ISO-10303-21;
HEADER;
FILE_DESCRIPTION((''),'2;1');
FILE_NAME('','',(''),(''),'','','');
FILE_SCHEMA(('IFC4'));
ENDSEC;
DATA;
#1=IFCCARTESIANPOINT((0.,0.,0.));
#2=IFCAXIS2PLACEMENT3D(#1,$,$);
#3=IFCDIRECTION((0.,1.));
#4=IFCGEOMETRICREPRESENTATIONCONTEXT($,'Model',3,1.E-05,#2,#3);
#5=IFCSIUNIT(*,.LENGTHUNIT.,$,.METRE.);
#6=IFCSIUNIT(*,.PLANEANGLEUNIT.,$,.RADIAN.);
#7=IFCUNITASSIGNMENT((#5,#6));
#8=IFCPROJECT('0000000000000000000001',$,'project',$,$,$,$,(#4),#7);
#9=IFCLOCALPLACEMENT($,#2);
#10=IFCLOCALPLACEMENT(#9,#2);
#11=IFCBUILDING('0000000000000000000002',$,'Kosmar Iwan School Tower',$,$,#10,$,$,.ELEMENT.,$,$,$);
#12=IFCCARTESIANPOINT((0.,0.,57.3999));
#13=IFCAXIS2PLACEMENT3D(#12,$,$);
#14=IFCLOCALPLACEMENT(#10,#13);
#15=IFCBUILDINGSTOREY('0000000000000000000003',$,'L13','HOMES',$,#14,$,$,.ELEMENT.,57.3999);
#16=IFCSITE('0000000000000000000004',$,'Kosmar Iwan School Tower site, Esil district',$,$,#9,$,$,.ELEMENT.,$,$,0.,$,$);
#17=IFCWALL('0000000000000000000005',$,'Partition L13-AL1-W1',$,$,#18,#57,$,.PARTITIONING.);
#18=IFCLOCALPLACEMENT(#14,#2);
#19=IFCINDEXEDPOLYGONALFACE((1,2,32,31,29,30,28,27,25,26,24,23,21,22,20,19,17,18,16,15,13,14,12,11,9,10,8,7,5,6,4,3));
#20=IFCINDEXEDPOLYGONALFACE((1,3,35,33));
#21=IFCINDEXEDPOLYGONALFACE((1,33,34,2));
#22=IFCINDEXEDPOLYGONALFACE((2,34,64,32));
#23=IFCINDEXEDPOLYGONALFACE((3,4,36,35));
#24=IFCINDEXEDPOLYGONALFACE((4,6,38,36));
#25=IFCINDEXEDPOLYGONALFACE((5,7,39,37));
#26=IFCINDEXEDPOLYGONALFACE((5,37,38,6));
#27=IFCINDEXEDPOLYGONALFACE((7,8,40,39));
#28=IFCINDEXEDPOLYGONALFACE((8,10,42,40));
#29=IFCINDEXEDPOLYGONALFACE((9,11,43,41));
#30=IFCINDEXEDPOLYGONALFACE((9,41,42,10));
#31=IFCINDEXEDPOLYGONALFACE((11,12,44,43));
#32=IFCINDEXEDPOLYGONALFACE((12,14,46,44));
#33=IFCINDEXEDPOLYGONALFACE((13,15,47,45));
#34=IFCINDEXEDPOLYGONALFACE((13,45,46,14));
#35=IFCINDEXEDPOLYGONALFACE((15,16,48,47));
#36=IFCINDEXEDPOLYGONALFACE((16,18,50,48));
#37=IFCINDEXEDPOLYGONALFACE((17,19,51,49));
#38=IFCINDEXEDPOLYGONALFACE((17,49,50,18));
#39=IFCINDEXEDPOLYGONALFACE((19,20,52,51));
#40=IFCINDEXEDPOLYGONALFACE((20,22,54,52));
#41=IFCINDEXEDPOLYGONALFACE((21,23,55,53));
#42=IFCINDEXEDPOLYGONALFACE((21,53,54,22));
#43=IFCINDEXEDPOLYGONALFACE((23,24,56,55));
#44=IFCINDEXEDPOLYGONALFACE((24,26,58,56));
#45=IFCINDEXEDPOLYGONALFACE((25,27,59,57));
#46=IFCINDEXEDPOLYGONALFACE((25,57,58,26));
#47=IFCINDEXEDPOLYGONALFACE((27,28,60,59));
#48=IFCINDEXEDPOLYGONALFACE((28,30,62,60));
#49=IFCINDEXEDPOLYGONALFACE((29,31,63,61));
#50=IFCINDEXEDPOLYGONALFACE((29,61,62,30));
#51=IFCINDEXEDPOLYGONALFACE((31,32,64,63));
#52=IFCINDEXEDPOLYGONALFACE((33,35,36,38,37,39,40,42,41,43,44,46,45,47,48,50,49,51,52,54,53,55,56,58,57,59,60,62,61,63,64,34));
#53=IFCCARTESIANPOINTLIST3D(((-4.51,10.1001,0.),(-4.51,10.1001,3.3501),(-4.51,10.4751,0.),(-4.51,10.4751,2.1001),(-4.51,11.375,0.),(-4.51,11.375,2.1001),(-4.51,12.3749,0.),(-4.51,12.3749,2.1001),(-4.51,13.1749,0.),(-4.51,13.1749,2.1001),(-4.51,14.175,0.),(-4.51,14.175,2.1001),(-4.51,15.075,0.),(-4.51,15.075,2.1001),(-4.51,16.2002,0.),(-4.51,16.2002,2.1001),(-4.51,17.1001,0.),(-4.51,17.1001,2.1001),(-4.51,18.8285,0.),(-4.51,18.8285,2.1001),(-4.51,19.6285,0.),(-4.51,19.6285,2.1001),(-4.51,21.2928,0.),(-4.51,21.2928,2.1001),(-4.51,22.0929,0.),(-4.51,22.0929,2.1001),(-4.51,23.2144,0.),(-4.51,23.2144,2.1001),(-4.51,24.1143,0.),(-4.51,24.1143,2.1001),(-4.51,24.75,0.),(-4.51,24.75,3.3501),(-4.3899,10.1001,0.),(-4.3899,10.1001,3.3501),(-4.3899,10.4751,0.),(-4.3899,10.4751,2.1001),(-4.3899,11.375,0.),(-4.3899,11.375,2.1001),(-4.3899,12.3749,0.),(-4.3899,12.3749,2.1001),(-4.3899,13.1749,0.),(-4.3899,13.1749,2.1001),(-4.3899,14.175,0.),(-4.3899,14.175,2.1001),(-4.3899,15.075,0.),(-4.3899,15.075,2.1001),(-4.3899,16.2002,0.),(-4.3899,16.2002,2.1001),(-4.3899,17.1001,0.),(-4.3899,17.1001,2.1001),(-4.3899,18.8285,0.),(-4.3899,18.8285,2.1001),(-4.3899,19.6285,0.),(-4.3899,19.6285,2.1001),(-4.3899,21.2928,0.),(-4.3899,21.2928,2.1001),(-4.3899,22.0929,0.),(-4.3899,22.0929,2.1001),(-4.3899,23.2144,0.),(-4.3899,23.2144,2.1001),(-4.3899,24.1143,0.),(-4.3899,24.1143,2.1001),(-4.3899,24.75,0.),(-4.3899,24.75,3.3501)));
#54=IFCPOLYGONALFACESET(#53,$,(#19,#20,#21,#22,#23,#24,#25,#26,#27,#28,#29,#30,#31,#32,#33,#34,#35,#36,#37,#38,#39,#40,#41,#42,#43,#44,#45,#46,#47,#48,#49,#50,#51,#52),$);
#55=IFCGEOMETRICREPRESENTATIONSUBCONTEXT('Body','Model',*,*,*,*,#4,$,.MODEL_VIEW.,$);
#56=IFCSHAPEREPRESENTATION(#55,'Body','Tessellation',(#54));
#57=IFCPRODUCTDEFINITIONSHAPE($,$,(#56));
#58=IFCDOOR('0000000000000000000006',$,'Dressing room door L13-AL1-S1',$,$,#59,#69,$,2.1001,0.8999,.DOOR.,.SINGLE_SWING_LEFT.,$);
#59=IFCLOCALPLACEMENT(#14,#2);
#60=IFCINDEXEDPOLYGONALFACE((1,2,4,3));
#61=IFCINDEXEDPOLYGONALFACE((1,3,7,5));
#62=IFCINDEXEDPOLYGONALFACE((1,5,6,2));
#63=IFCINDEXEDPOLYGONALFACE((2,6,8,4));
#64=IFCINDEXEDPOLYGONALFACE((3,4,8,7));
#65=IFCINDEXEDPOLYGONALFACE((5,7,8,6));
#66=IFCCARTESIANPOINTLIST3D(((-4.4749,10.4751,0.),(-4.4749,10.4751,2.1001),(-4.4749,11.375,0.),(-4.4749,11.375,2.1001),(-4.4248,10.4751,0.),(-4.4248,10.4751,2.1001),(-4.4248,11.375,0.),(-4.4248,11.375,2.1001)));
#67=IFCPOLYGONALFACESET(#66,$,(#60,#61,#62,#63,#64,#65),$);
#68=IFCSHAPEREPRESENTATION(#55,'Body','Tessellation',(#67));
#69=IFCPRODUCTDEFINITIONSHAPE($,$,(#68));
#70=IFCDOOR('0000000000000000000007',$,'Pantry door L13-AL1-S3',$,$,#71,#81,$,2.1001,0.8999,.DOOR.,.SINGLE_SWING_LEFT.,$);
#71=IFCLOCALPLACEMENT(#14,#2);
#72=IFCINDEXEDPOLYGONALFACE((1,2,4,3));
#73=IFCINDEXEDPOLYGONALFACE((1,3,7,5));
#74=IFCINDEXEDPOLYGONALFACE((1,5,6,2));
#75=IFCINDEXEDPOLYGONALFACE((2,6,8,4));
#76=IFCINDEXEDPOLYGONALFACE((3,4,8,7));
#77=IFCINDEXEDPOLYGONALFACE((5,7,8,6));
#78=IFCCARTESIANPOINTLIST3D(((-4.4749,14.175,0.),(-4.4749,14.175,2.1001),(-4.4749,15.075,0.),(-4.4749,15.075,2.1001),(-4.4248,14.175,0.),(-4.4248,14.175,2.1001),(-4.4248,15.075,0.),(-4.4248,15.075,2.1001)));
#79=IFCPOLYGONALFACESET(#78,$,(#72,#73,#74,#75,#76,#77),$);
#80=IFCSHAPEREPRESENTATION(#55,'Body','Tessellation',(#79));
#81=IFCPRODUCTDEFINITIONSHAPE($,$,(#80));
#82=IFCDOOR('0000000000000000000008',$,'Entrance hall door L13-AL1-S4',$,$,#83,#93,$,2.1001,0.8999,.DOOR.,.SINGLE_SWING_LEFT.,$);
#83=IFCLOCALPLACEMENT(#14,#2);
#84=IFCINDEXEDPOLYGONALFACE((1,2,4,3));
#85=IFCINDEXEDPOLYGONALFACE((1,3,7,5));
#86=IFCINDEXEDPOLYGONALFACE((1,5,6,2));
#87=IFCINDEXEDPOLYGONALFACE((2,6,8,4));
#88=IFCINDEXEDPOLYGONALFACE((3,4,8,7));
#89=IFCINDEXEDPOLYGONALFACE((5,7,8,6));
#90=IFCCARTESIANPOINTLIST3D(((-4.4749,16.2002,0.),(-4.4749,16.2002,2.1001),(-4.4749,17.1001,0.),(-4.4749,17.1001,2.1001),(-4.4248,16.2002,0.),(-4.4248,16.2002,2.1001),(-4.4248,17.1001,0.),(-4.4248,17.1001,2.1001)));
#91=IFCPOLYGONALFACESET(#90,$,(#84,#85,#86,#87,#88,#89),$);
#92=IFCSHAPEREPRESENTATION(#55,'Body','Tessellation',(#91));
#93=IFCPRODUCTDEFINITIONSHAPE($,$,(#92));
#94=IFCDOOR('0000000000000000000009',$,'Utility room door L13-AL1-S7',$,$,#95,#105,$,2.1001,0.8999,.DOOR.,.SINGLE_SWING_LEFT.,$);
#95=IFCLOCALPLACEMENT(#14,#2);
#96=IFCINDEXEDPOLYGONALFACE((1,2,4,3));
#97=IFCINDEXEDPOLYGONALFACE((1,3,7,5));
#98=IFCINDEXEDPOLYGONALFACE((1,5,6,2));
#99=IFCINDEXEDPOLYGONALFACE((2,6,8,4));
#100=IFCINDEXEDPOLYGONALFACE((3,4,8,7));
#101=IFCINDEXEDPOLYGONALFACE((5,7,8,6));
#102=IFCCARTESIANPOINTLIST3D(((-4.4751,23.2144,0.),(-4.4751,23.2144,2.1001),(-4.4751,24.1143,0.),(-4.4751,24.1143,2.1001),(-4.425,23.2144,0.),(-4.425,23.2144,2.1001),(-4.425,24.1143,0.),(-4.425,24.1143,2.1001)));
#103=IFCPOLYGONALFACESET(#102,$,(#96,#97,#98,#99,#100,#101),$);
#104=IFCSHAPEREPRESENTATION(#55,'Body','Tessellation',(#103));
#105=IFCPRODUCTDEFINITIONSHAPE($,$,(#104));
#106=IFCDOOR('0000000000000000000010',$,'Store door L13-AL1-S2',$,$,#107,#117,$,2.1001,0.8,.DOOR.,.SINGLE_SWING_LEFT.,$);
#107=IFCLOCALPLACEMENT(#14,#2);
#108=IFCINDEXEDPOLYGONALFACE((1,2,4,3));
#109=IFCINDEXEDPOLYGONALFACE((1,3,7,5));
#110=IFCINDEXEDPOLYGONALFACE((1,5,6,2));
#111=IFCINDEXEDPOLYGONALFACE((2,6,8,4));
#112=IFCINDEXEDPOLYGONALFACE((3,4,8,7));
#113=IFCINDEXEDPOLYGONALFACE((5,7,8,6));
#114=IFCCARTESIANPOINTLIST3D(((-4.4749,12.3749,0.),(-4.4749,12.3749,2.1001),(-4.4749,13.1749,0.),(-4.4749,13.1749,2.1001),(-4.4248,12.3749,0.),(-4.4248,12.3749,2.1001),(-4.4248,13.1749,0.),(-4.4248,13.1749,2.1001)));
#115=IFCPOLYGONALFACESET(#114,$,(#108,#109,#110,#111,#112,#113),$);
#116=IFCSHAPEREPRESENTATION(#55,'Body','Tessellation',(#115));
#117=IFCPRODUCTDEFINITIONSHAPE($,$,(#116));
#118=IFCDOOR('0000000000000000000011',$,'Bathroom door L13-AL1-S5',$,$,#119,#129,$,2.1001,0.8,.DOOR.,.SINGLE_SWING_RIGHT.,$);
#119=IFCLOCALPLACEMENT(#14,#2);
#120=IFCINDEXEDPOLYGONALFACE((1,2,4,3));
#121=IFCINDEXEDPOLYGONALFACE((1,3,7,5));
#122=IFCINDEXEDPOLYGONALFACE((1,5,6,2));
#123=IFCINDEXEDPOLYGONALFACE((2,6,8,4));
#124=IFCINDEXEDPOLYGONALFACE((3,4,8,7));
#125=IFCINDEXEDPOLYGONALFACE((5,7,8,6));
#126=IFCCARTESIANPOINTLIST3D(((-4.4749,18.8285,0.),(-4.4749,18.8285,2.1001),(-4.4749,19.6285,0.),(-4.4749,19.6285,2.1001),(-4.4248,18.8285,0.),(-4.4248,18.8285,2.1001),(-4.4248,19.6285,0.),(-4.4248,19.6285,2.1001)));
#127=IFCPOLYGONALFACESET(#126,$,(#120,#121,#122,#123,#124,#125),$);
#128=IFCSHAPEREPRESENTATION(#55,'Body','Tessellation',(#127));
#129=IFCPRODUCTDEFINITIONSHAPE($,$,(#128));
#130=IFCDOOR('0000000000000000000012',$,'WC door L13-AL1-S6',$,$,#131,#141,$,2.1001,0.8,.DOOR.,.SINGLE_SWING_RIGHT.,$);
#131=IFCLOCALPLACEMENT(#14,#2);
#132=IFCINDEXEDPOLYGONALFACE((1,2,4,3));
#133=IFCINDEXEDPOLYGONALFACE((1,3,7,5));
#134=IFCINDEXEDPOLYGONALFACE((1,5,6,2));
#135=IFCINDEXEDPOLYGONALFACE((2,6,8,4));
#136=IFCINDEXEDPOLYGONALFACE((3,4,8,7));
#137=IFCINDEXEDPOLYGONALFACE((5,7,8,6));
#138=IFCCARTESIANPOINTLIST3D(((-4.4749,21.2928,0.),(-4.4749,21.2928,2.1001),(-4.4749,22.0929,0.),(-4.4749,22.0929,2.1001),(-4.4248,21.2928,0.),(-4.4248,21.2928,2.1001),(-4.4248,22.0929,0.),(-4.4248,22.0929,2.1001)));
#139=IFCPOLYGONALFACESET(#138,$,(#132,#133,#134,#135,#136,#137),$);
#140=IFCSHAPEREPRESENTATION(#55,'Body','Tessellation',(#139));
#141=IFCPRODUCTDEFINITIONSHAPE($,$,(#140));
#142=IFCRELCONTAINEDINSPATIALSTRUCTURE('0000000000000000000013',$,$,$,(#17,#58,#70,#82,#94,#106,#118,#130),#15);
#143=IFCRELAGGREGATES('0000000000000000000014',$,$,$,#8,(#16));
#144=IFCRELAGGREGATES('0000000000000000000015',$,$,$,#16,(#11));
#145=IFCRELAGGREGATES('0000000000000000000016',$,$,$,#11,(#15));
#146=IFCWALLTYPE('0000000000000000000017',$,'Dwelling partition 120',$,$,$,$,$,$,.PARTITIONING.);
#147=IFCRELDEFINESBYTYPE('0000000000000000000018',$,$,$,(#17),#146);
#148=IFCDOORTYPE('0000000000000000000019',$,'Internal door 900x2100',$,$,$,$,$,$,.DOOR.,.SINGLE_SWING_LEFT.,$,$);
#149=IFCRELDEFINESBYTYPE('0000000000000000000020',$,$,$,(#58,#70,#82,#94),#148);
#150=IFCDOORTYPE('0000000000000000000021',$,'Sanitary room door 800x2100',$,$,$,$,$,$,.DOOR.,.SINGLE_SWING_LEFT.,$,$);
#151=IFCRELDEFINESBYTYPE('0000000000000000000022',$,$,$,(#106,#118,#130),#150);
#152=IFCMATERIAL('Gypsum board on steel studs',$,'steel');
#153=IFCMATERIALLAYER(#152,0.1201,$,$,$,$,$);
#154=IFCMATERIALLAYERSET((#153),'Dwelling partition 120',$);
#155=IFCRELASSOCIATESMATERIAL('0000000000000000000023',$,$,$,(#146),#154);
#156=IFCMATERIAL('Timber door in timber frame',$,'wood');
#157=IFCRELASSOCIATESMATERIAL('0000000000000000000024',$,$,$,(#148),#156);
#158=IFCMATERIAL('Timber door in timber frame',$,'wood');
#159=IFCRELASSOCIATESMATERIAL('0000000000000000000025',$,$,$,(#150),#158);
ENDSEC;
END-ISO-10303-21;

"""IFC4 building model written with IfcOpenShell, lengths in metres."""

from ifc_helpers import new_model, si_unit, direction, frame, frame_2d, origin, place, context, subcontext, project, spatial, rectangle, extrude, material, layer, layer_set, type_object, element, fill, save


model = new_model("IFC4")

# Units and contexts
model_context = context("Model", 3, precision=1e-05, world=origin(), true_north=direction((0.0, 1.0)))
body_context = subcontext(model_context, "Body", "Model", "MODEL_VIEW")
ifc_project = project(units=[si_unit("LENGTHUNIT", "METRE"), si_unit("PLANEANGLEUNIT", "RADIAN")], contexts=[model_context])

# Site, building, storey
site_placement = place(None, origin())
site = spatial("IfcSite", under=ifc_project, at=site_placement, Name="Kosmar Iwan School Tower site, Esil district", CompositionType="ELEMENT", RefElevation=0.0)
building_placement = place(site_placement, origin())
building = spatial("IfcBuilding", under=site, at=building_placement, Name="Kosmar Iwan School Tower", CompositionType="ELEMENT")
storey_placement = place(building_placement, frame((0.0, 0.0, 57.3999)))
storey = spatial("IfcBuildingStorey", under=building, at=storey_placement, Name="L13", Description="HOMES", CompositionType="ELEMENT", Elevation=57.3999)

# Wall, openings, doors
ifc_material_1 = material(Name="Gypsum board on steel studs", Category="steel")
ifc_layer_1 = layer(ifc_material_1, 0.1201)
ifc_layer_set_1 = layer_set([ifc_layer_1], Name="Dwelling partition 120")
wall_type_1 = type_object("IfcWallType", Name="Dwelling partition 120", PredefinedType="PARTITIONING", material=ifc_layer_set_1)
wall_1_placement = place(storey_placement, frame((-4.45, 10.1001, 0.0), z_axis=(0.0, 0.0, 1.0), x_axis=(0.0, 1.0, 0.0)))
wall_1 = element("IfcWall", 1, at=wall_1_placement, inside=storey, type_object=wall_type_1, Name="Partition L13-AL1-W1", PredefinedType="PARTITIONING", context=body_context, shape_type="SweptSolid", body=[
    extrude(rectangle(XDim=14.6499, YDim=0.1201, at=frame_2d((7.325, 0.0))), origin(), (0.0, 0.0, 1.0), 3.3501),
])
opening_1_placement = place(wall_1_placement, frame((0.375, 0.0, 0.0)))
opening_1 = element("IfcOpeningElement", 2, at=opening_1_placement, cuts=wall_1, PredefinedType="OPENING", context=body_context, shape_type="SweptSolid", body=[
    extrude(rectangle(XDim=0.8999, YDim=2.1001, at=frame_2d((0.45, 1.05))), frame((0.0, 0.072, 0.0), z_axis=(0.0, -1.0, 0.0), x_axis=(1.0, 0.0, 0.0)), (0.0, 0.0, 1.0), 0.144),
])
opening_2_placement = place(wall_1_placement, frame((2.2749, 0.0, 0.0)))
opening_2 = element("IfcOpeningElement", 3, at=opening_2_placement, cuts=wall_1, PredefinedType="OPENING", context=body_context, shape_type="SweptSolid", body=[
    extrude(rectangle(XDim=0.8, YDim=2.1001, at=frame_2d((0.3999, 1.05))), frame((0.0, 0.072, 0.0), z_axis=(0.0, -1.0, 0.0), x_axis=(1.0, 0.0, 0.0)), (0.0, 0.0, 1.0), 0.144),
])
opening_3_placement = place(wall_1_placement, frame((4.075, 0.0, 0.0)))
opening_3 = element("IfcOpeningElement", 4, at=opening_3_placement, cuts=wall_1, PredefinedType="OPENING", context=body_context, shape_type="SweptSolid", body=[
    extrude(rectangle(XDim=0.8999, YDim=2.1001, at=frame_2d((0.45, 1.05))), frame((0.0, 0.072, 0.0), z_axis=(0.0, -1.0, 0.0), x_axis=(1.0, 0.0, 0.0)), (0.0, 0.0, 1.0), 0.144),
])
opening_4_placement = place(wall_1_placement, frame((6.1001, 0.0, 0.0)))
opening_4 = element("IfcOpeningElement", 5, at=opening_4_placement, cuts=wall_1, PredefinedType="OPENING", context=body_context, shape_type="SweptSolid", body=[
    extrude(rectangle(XDim=0.8999, YDim=2.1001, at=frame_2d((0.45, 1.05))), frame((0.0, 0.072, 0.0), z_axis=(0.0, -1.0, 0.0), x_axis=(1.0, 0.0, 0.0)), (0.0, 0.0, 1.0), 0.144),
])
opening_5_placement = place(wall_1_placement, frame((8.7285, 0.0, 0.0)))
opening_5 = element("IfcOpeningElement", 6, at=opening_5_placement, cuts=wall_1, PredefinedType="OPENING", context=body_context, shape_type="SweptSolid", body=[
    extrude(rectangle(XDim=0.8, YDim=2.1001, at=frame_2d((0.3999, 1.05))), frame((0.0, 0.072, 0.0), z_axis=(0.0, -1.0, 0.0), x_axis=(1.0, 0.0, 0.0)), (0.0, 0.0, 1.0), 0.144),
])
opening_6_placement = place(wall_1_placement, frame((11.1929, 0.0, 0.0)))
opening_6 = element("IfcOpeningElement", 7, at=opening_6_placement, cuts=wall_1, PredefinedType="OPENING", context=body_context, shape_type="SweptSolid", body=[
    extrude(rectangle(XDim=0.8, YDim=2.1001, at=frame_2d((0.3999, 1.05))), frame((0.0, 0.072, 0.0), z_axis=(0.0, -1.0, 0.0), x_axis=(1.0, 0.0, 0.0)), (0.0, 0.0, 1.0), 0.144),
])
opening_7_placement = place(wall_1_placement, frame((13.1143, 0.0, 0.0)))
opening_7 = element("IfcOpeningElement", 8, at=opening_7_placement, cuts=wall_1, PredefinedType="OPENING", context=body_context, shape_type="SweptSolid", body=[
    extrude(rectangle(XDim=0.8999, YDim=2.1001, at=frame_2d((0.45, 1.05))), frame((0.0, 0.072, 0.0), z_axis=(0.0, -1.0, 0.0), x_axis=(1.0, 0.0, 0.0)), (0.0, 0.0, 1.0), 0.144),
])
ifc_material_2 = material(Name="Timber door in timber frame", Category="wood")
door_type_1 = type_object("IfcDoorType", Name="Internal door 900x2100", OperationType="SINGLE_SWING_LEFT", PredefinedType="DOOR", material=ifc_material_2)
door_1_placement = place(opening_1_placement, origin())
door_1 = element("IfcDoor", 9, at=door_1_placement, inside=storey, type_object=door_type_1, Name="Dressing room door L13-AL1-S1", OperationType="SINGLE_SWING_LEFT", OverallHeight=2.1001, OverallWidth=0.8999, PredefinedType="DOOR", context=body_context, shape_type="SweptSolid", body=[
    extrude(rectangle(XDim=0.8999, YDim=2.1001, at=frame_2d((0.45, 1.05))), frame((0.0, 0.0249, 0.0), z_axis=(0.0, -1.0, 0.0), x_axis=(1.0, 0.0, 0.0)), (0.0, 0.0, 1.0), 0.05),
])
fill(opening_1, door_1)
door_2_placement = place(opening_3_placement, origin())
door_2 = element("IfcDoor", 10, at=door_2_placement, inside=storey, type_object=door_type_1, Name="Pantry door L13-AL1-S3", OperationType="SINGLE_SWING_LEFT", OverallHeight=2.1001, OverallWidth=0.8999, PredefinedType="DOOR", context=body_context, shape_type="SweptSolid", body=[
    extrude(rectangle(XDim=0.8999, YDim=2.1001, at=frame_2d((0.45, 1.05))), frame((0.0, 0.0249, 0.0), z_axis=(0.0, -1.0, 0.0), x_axis=(1.0, 0.0, 0.0)), (0.0, 0.0, 1.0), 0.05),
])
fill(opening_3, door_2)
door_3_placement = place(opening_4_placement, origin())
door_3 = element("IfcDoor", 11, at=door_3_placement, inside=storey, type_object=door_type_1, Name="Entrance hall door L13-AL1-S4", OperationType="SINGLE_SWING_LEFT", OverallHeight=2.1001, OverallWidth=0.8999, PredefinedType="DOOR", context=body_context, shape_type="SweptSolid", body=[
    extrude(rectangle(XDim=0.8999, YDim=2.1001, at=frame_2d((0.45, 1.05))), frame((0.0, 0.0249, 0.0), z_axis=(0.0, -1.0, 0.0), x_axis=(1.0, 0.0, 0.0)), (0.0, 0.0, 1.0), 0.05),
])
fill(opening_4, door_3)
door_4_placement = place(opening_7_placement, frame((0.8999, 0.0, 0.0), z_axis=(0.0, 0.0, 1.0), x_axis=(-1.0, 0.0, 0.0)))
door_4 = element("IfcDoor", 12, at=door_4_placement, inside=storey, type_object=door_type_1, Name="Utility room door L13-AL1-S7", OperationType="SINGLE_SWING_LEFT", OverallHeight=2.1001, OverallWidth=0.8999, PredefinedType="DOOR", context=body_context, shape_type="SweptSolid", body=[
    extrude(rectangle(XDim=0.8999, YDim=2.1001, at=frame_2d((0.45, 1.05))), frame((0.0, 0.0249, 0.0), z_axis=(0.0, -1.0, 0.0), x_axis=(1.0, 0.0, 0.0)), (0.0, 0.0, 1.0), 0.05),
])
fill(opening_7, door_4)
ifc_material_3 = material(Name="Timber door in timber frame", Category="wood")
door_type_2 = type_object("IfcDoorType", Name="Sanitary room door 800x2100", OperationType="SINGLE_SWING_LEFT", PredefinedType="DOOR", material=ifc_material_3)
door_5_placement = place(opening_2_placement, origin())
door_5 = element("IfcDoor", 13, at=door_5_placement, inside=storey, type_object=door_type_2, Name="Store door L13-AL1-S2", OperationType="SINGLE_SWING_LEFT", OverallHeight=2.1001, OverallWidth=0.8, PredefinedType="DOOR", context=body_context, shape_type="SweptSolid", body=[
    extrude(rectangle(XDim=0.8, YDim=2.1001, at=frame_2d((0.3999, 1.05))), frame((0.0, 0.0249, 0.0), z_axis=(0.0, -1.0, 0.0), x_axis=(1.0, 0.0, 0.0)), (0.0, 0.0, 1.0), 0.05),
])
fill(opening_2, door_5)
door_6_placement = place(opening_5_placement, origin())
door_6 = element("IfcDoor", 14, at=door_6_placement, inside=storey, type_object=door_type_2, Name="Bathroom door L13-AL1-S5", OperationType="SINGLE_SWING_RIGHT", OverallHeight=2.1001, OverallWidth=0.8, PredefinedType="DOOR", context=body_context, shape_type="SweptSolid", body=[
    extrude(rectangle(XDim=0.8, YDim=2.1001, at=frame_2d((0.3999, 1.05))), frame((0.0, 0.0249, 0.0), z_axis=(0.0, -1.0, 0.0), x_axis=(1.0, 0.0, 0.0)), (0.0, 0.0, 1.0), 0.05),
])
fill(opening_5, door_6)
door_7_placement = place(opening_6_placement, origin())
door_7 = element("IfcDoor", 15, at=door_7_placement, inside=storey, type_object=door_type_2, Name="WC door L13-AL1-S6", OperationType="SINGLE_SWING_RIGHT", OverallHeight=2.1001, OverallWidth=0.8, PredefinedType="DOOR", context=body_context, shape_type="SweptSolid", body=[
    extrude(rectangle(XDim=0.8, YDim=2.1001, at=frame_2d((0.3999, 1.05))), frame((0.0, 0.0249, 0.0), z_axis=(0.0, -1.0, 0.0), x_axis=(1.0, 0.0, 0.0)), (0.0, 0.0, 1.0), 0.05),
])
fill(opening_6, door_7)

save(model, "model.ifc")
